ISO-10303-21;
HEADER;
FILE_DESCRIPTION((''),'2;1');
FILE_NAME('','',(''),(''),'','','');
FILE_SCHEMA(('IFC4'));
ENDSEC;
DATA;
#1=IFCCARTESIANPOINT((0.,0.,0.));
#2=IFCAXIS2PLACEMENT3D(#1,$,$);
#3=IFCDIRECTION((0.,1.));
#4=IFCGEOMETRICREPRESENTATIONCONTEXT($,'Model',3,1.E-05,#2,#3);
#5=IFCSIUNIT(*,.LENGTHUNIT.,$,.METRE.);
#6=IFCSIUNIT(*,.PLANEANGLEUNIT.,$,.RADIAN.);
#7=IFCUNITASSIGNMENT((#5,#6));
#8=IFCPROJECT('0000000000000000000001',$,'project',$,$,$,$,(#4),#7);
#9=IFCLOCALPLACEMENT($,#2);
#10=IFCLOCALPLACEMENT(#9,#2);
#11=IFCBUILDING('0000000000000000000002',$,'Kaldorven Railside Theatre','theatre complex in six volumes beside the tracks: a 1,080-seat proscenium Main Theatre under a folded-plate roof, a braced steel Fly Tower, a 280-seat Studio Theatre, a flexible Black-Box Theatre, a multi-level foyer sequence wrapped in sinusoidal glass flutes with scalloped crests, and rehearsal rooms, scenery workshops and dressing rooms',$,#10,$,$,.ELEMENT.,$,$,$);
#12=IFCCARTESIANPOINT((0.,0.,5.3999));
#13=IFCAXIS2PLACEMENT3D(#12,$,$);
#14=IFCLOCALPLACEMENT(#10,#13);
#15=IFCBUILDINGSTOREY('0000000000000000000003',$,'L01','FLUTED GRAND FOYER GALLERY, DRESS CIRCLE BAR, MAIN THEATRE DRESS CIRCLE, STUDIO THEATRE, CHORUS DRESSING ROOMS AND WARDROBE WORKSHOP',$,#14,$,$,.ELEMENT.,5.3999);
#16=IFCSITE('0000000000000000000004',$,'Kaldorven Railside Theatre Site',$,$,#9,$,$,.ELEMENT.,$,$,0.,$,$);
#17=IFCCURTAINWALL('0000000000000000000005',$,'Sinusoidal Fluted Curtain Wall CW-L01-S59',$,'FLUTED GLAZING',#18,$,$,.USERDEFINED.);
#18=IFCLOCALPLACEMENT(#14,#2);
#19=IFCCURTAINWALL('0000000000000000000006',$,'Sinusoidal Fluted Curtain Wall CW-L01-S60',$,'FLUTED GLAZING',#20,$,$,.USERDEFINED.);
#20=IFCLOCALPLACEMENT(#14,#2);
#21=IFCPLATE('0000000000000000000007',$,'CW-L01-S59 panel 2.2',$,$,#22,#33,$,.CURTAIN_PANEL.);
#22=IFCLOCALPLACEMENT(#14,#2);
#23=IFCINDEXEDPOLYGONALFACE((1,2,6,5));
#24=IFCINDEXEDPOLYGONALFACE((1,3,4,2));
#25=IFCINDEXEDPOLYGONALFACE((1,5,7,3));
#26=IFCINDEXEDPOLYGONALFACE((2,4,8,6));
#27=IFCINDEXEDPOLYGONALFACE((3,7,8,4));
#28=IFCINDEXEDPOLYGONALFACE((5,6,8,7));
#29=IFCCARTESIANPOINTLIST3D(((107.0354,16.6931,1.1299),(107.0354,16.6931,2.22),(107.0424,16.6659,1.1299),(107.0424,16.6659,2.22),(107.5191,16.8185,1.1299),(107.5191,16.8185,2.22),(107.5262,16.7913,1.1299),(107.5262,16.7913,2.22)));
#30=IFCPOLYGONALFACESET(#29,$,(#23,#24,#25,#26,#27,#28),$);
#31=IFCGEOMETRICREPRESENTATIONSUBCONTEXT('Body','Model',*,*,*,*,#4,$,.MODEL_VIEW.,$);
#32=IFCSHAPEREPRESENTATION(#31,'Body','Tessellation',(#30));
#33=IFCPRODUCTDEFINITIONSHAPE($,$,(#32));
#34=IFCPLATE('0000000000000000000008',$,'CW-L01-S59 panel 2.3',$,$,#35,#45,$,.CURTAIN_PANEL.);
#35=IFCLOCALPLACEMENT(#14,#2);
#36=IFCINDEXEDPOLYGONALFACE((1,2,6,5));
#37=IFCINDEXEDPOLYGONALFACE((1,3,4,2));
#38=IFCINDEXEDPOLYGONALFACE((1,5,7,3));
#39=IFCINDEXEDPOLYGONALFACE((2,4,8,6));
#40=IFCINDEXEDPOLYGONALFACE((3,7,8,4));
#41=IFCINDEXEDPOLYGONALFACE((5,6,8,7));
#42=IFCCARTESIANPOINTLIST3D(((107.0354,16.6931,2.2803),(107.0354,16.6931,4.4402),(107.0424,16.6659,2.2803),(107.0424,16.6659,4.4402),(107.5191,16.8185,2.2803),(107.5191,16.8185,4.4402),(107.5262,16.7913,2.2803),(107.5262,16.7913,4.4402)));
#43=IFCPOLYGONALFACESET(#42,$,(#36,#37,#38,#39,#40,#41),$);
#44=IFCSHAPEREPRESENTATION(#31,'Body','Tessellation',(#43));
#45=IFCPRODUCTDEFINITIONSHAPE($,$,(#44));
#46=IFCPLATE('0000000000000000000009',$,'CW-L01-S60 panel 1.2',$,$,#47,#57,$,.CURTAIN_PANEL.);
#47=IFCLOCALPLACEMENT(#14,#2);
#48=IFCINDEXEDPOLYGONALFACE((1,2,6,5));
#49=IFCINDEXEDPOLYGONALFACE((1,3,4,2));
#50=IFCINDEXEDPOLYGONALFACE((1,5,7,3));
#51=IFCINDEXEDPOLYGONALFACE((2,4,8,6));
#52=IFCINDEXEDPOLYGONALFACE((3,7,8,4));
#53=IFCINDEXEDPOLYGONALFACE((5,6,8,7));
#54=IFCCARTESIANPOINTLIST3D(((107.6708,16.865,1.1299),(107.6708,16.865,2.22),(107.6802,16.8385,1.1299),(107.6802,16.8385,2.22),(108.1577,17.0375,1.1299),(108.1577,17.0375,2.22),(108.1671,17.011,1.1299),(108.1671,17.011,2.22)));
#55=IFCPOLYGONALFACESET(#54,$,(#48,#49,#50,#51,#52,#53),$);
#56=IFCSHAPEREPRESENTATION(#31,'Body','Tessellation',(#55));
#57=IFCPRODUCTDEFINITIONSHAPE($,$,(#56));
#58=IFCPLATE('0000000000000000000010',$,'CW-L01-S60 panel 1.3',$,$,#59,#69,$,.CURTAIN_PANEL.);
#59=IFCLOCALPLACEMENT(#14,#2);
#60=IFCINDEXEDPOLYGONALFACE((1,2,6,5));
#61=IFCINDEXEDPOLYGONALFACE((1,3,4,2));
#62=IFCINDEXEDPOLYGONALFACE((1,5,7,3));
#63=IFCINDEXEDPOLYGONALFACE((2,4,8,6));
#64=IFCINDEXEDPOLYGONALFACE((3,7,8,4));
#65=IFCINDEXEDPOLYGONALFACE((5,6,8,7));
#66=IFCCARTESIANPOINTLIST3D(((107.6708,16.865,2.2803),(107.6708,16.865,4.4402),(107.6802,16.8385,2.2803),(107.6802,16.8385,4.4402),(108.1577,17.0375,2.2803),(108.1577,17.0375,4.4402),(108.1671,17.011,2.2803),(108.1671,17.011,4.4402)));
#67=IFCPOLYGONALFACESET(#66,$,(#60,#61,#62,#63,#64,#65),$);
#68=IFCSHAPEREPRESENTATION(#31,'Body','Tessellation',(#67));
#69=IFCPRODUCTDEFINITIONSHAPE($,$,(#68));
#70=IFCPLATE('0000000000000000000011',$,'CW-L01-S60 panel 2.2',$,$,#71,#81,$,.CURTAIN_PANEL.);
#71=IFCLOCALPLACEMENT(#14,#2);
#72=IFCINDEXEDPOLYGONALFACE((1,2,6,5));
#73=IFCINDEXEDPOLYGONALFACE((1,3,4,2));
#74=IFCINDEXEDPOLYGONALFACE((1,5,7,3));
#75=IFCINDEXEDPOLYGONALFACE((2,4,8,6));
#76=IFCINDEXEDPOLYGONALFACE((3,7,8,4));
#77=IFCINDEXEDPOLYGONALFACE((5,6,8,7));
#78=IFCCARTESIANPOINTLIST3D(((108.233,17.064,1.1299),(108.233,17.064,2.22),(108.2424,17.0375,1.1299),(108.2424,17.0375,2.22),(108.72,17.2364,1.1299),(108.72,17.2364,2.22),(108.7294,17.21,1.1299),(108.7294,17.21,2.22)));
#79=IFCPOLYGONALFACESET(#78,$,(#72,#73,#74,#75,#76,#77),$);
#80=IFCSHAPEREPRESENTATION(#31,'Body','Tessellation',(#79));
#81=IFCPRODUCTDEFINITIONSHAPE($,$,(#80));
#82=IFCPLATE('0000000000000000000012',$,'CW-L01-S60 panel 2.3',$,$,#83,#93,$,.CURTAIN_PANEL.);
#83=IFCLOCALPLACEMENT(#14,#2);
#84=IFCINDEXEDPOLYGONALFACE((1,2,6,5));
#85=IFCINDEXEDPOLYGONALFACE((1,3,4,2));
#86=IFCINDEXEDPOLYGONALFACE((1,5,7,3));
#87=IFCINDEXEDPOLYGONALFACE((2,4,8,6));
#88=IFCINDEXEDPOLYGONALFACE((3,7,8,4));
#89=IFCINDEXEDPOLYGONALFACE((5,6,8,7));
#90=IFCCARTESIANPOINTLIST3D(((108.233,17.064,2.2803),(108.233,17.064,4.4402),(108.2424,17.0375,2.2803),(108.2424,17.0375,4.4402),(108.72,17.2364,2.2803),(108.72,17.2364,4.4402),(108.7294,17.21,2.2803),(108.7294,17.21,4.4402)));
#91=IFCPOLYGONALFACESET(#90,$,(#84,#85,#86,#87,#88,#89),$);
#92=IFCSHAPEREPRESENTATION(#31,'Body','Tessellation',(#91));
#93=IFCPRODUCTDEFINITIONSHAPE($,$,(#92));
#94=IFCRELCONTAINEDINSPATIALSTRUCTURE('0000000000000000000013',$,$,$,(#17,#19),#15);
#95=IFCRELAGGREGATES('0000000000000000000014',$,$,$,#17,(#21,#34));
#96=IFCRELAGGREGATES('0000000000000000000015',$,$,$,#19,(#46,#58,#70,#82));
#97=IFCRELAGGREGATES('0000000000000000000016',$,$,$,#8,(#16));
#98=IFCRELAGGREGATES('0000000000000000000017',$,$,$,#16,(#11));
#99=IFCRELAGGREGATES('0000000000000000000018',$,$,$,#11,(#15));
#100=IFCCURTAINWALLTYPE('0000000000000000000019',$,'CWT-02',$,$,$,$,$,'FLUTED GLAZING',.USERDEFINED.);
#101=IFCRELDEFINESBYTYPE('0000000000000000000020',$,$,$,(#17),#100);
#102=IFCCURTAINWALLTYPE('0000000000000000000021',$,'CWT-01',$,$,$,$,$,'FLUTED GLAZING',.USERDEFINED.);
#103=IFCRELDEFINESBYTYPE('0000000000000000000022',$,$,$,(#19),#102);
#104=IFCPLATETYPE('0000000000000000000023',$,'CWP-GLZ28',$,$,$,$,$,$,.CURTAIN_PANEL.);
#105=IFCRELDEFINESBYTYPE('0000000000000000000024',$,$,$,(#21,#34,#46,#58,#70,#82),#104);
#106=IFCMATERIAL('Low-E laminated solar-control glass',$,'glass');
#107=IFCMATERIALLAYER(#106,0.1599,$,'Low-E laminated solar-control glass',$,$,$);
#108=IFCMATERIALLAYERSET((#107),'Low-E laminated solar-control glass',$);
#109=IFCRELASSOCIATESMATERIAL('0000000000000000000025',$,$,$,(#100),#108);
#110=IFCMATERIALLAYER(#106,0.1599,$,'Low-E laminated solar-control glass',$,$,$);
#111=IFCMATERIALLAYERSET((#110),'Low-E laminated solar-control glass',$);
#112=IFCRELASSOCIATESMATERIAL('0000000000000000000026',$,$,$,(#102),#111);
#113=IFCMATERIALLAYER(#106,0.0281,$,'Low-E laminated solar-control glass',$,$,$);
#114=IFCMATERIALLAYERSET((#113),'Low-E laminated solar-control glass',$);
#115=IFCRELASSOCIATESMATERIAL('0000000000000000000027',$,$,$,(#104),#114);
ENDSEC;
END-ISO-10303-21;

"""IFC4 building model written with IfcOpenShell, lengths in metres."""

from ifc_helpers import new_model, si_unit, direction, frame, origin, origin_2d, place, context, subcontext, project, spatial, rectangle, extrude, material, layer, layer_set, type_object, element, aggregate, save


model = new_model("IFC4")

# Units and contexts
model_context = context("Model", 3, precision=1e-05, world=origin(), true_north=direction((0.0, 1.0)))
body_context = subcontext(model_context, "Body", "Model", "MODEL_VIEW")
ifc_project = project(units=[si_unit("LENGTHUNIT", "METRE"), si_unit("PLANEANGLEUNIT", "RADIAN")], contexts=[model_context])

# Site, building, storey
site_placement = place(None, origin())
site = spatial("IfcSite", under=ifc_project, at=site_placement, Name="Kaldorven Railside Theatre Site", CompositionType="ELEMENT", RefElevation=0.0)
building_placement = place(site_placement, origin())
building = spatial("IfcBuilding", under=site, at=building_placement, Name="Kaldorven Railside Theatre", Description="theatre complex in six volumes beside the tracks: a 1,080-seat proscenium Main Theatre under a folded-plate roof, a braced steel Fly Tower, a 280-seat Studio Theatre, a flexible Black-Box Theatre, a multi-level foyer sequence wrapped in sinusoidal glass flutes with scalloped crests, and rehearsal rooms, scenery workshops and dressing rooms", CompositionType="ELEMENT")
storey_placement = place(building_placement, frame((0.0, 0.0, 5.3999)))
storey = spatial("IfcBuildingStorey", under=building, at=storey_placement, Name="L01", Description="FLUTED GRAND FOYER GALLERY, DRESS CIRCLE BAR, MAIN THEATRE DRESS CIRCLE, STUDIO THEATRE, CHORUS DRESSING ROOMS AND WARDROBE WORKSHOP", CompositionType="ELEMENT", Elevation=5.3999)

# Curtain walls
ifc_material_1 = material(Name="Low-E laminated solar-control glass", Category="glass")
ifc_layer_1 = layer(ifc_material_1, 0.1599, Name="Low-E laminated solar-control glass")
ifc_layer_set_1 = layer_set([ifc_layer_1], Name="Low-E laminated solar-control glass")
curtain_wall_type_1 = type_object("IfcCurtainWallType", Name="CWT-02", ElementType="FLUTED GLAZING", PredefinedType="USERDEFINED", material=ifc_layer_set_1)
curtain_wall_1_placement = place(storey_placement, origin())
curtain_wall_1 = element("IfcCurtainWall", 1, at=curtain_wall_1_placement, inside=storey, type_object=curtain_wall_type_1, Name="Sinusoidal Fluted Curtain Wall CW-L01-S59", ObjectType="FLUTED GLAZING", PredefinedType="USERDEFINED")
ifc_layer_2 = layer(ifc_material_1, 0.1599, Name="Low-E laminated solar-control glass")
ifc_layer_set_2 = layer_set([ifc_layer_2], Name="Low-E laminated solar-control glass")
curtain_wall_type_2 = type_object("IfcCurtainWallType", Name="CWT-01", ElementType="FLUTED GLAZING", PredefinedType="USERDEFINED", material=ifc_layer_set_2)
curtain_wall_2_placement = place(storey_placement, origin())
curtain_wall_2 = element("IfcCurtainWall", 2, at=curtain_wall_2_placement, inside=storey, type_object=curtain_wall_type_2, Name="Sinusoidal Fluted Curtain Wall CW-L01-S60", ObjectType="FLUTED GLAZING", PredefinedType="USERDEFINED")

# Plates
ifc_layer_3 = layer(ifc_material_1, 0.0281, Name="Low-E laminated solar-control glass")
ifc_layer_set_3 = layer_set([ifc_layer_3], Name="Low-E laminated solar-control glass")
plate_type = type_object("IfcPlateType", Name="CWP-GLZ28", PredefinedType="CURTAIN_PANEL", material=ifc_layer_set_3)
plate_1_placement = place(storey_placement, frame((107.2808, 16.7422, 1.1299), z_axis=(0.0, 0.0, 1.0), x_axis=(0.967999, 0.250954, 0.0)))
plate_1 = element("IfcPlate", 3, at=plate_1_placement, type_object=plate_type, Name="CW-L01-S59 panel 2.2", PredefinedType="CURTAIN_PANEL", context=body_context, shape_type="SweptSolid", body=[
    extrude(rectangle(XDim=0.4998, YDim=0.0281, at=origin_2d()), origin(), (0.0, 0.0, 1.0), 1.0901),
])
plate_2_placement = place(storey_placement, frame((107.2808, 16.7422, 2.2803), z_axis=(0.0, 0.0, 1.0), x_axis=(0.967999, 0.250954, 0.0)))
plate_2 = element("IfcPlate", 4, at=plate_2_placement, type_object=plate_type, Name="CW-L01-S59 panel 2.3", PredefinedType="CURTAIN_PANEL", context=body_context, shape_type="SweptSolid", body=[
    extrude(rectangle(XDim=0.4998, YDim=0.0281, at=origin_2d()), origin(), (0.0, 0.0, 1.0), 2.1599),
])
aggregate(curtain_wall_1, [plate_1, plate_2])
plate_3_placement = place(storey_placement, frame((107.9189, 16.938, 1.1299), z_axis=(0.0, 0.0, 1.0), x_axis=(0.942627, 0.333847, 0.0)))
plate_3 = element("IfcPlate", 5, at=plate_3_placement, type_object=plate_type, Name="CW-L01-S60 panel 1.2", PredefinedType="CURTAIN_PANEL", context=body_context, shape_type="SweptSolid", body=[
    extrude(rectangle(XDim=0.5166, YDim=0.0281, at=origin_2d()), origin(), (0.0, 0.0, 1.0), 1.0901),
])
plate_4_placement = place(storey_placement, frame((107.9189, 16.938, 2.2803), z_axis=(0.0, 0.0, 1.0), x_axis=(0.942627, 0.333847, 0.0)))
plate_4 = element("IfcPlate", 6, at=plate_4_placement, type_object=plate_type, Name="CW-L01-S60 panel 1.3", PredefinedType="CURTAIN_PANEL", context=body_context, shape_type="SweptSolid", body=[
    extrude(rectangle(XDim=0.5166, YDim=0.0281, at=origin_2d()), origin(), (0.0, 0.0, 1.0), 2.1599),
])
plate_5_placement = place(storey_placement, frame((108.4812, 17.137, 1.1299), z_axis=(0.0, 0.0, 1.0), x_axis=(0.942627, 0.333847, 0.0)))
plate_5 = element("IfcPlate", 7, at=plate_5_placement, type_object=plate_type, Name="CW-L01-S60 panel 2.2", PredefinedType="CURTAIN_PANEL", context=body_context, shape_type="SweptSolid", body=[
    extrude(rectangle(XDim=0.5166, YDim=0.0281, at=origin_2d()), origin(), (0.0, 0.0, 1.0), 1.0901),
])
plate_6_placement = place(storey_placement, frame((108.4812, 17.137, 2.2803), z_axis=(0.0, 0.0, 1.0), x_axis=(0.942627, 0.333847, 0.0)))
plate_6 = element("IfcPlate", 8, at=plate_6_placement, type_object=plate_type, Name="CW-L01-S60 panel 2.3", PredefinedType="CURTAIN_PANEL", context=body_context, shape_type="SweptSolid", body=[
    extrude(rectangle(XDim=0.5166, YDim=0.0281, at=origin_2d()), origin(), (0.0, 0.0, 1.0), 2.1599),
])
aggregate(curtain_wall_2, [plate_3, plate_4, plate_5, plate_6])

save(model, "model.ifc")
